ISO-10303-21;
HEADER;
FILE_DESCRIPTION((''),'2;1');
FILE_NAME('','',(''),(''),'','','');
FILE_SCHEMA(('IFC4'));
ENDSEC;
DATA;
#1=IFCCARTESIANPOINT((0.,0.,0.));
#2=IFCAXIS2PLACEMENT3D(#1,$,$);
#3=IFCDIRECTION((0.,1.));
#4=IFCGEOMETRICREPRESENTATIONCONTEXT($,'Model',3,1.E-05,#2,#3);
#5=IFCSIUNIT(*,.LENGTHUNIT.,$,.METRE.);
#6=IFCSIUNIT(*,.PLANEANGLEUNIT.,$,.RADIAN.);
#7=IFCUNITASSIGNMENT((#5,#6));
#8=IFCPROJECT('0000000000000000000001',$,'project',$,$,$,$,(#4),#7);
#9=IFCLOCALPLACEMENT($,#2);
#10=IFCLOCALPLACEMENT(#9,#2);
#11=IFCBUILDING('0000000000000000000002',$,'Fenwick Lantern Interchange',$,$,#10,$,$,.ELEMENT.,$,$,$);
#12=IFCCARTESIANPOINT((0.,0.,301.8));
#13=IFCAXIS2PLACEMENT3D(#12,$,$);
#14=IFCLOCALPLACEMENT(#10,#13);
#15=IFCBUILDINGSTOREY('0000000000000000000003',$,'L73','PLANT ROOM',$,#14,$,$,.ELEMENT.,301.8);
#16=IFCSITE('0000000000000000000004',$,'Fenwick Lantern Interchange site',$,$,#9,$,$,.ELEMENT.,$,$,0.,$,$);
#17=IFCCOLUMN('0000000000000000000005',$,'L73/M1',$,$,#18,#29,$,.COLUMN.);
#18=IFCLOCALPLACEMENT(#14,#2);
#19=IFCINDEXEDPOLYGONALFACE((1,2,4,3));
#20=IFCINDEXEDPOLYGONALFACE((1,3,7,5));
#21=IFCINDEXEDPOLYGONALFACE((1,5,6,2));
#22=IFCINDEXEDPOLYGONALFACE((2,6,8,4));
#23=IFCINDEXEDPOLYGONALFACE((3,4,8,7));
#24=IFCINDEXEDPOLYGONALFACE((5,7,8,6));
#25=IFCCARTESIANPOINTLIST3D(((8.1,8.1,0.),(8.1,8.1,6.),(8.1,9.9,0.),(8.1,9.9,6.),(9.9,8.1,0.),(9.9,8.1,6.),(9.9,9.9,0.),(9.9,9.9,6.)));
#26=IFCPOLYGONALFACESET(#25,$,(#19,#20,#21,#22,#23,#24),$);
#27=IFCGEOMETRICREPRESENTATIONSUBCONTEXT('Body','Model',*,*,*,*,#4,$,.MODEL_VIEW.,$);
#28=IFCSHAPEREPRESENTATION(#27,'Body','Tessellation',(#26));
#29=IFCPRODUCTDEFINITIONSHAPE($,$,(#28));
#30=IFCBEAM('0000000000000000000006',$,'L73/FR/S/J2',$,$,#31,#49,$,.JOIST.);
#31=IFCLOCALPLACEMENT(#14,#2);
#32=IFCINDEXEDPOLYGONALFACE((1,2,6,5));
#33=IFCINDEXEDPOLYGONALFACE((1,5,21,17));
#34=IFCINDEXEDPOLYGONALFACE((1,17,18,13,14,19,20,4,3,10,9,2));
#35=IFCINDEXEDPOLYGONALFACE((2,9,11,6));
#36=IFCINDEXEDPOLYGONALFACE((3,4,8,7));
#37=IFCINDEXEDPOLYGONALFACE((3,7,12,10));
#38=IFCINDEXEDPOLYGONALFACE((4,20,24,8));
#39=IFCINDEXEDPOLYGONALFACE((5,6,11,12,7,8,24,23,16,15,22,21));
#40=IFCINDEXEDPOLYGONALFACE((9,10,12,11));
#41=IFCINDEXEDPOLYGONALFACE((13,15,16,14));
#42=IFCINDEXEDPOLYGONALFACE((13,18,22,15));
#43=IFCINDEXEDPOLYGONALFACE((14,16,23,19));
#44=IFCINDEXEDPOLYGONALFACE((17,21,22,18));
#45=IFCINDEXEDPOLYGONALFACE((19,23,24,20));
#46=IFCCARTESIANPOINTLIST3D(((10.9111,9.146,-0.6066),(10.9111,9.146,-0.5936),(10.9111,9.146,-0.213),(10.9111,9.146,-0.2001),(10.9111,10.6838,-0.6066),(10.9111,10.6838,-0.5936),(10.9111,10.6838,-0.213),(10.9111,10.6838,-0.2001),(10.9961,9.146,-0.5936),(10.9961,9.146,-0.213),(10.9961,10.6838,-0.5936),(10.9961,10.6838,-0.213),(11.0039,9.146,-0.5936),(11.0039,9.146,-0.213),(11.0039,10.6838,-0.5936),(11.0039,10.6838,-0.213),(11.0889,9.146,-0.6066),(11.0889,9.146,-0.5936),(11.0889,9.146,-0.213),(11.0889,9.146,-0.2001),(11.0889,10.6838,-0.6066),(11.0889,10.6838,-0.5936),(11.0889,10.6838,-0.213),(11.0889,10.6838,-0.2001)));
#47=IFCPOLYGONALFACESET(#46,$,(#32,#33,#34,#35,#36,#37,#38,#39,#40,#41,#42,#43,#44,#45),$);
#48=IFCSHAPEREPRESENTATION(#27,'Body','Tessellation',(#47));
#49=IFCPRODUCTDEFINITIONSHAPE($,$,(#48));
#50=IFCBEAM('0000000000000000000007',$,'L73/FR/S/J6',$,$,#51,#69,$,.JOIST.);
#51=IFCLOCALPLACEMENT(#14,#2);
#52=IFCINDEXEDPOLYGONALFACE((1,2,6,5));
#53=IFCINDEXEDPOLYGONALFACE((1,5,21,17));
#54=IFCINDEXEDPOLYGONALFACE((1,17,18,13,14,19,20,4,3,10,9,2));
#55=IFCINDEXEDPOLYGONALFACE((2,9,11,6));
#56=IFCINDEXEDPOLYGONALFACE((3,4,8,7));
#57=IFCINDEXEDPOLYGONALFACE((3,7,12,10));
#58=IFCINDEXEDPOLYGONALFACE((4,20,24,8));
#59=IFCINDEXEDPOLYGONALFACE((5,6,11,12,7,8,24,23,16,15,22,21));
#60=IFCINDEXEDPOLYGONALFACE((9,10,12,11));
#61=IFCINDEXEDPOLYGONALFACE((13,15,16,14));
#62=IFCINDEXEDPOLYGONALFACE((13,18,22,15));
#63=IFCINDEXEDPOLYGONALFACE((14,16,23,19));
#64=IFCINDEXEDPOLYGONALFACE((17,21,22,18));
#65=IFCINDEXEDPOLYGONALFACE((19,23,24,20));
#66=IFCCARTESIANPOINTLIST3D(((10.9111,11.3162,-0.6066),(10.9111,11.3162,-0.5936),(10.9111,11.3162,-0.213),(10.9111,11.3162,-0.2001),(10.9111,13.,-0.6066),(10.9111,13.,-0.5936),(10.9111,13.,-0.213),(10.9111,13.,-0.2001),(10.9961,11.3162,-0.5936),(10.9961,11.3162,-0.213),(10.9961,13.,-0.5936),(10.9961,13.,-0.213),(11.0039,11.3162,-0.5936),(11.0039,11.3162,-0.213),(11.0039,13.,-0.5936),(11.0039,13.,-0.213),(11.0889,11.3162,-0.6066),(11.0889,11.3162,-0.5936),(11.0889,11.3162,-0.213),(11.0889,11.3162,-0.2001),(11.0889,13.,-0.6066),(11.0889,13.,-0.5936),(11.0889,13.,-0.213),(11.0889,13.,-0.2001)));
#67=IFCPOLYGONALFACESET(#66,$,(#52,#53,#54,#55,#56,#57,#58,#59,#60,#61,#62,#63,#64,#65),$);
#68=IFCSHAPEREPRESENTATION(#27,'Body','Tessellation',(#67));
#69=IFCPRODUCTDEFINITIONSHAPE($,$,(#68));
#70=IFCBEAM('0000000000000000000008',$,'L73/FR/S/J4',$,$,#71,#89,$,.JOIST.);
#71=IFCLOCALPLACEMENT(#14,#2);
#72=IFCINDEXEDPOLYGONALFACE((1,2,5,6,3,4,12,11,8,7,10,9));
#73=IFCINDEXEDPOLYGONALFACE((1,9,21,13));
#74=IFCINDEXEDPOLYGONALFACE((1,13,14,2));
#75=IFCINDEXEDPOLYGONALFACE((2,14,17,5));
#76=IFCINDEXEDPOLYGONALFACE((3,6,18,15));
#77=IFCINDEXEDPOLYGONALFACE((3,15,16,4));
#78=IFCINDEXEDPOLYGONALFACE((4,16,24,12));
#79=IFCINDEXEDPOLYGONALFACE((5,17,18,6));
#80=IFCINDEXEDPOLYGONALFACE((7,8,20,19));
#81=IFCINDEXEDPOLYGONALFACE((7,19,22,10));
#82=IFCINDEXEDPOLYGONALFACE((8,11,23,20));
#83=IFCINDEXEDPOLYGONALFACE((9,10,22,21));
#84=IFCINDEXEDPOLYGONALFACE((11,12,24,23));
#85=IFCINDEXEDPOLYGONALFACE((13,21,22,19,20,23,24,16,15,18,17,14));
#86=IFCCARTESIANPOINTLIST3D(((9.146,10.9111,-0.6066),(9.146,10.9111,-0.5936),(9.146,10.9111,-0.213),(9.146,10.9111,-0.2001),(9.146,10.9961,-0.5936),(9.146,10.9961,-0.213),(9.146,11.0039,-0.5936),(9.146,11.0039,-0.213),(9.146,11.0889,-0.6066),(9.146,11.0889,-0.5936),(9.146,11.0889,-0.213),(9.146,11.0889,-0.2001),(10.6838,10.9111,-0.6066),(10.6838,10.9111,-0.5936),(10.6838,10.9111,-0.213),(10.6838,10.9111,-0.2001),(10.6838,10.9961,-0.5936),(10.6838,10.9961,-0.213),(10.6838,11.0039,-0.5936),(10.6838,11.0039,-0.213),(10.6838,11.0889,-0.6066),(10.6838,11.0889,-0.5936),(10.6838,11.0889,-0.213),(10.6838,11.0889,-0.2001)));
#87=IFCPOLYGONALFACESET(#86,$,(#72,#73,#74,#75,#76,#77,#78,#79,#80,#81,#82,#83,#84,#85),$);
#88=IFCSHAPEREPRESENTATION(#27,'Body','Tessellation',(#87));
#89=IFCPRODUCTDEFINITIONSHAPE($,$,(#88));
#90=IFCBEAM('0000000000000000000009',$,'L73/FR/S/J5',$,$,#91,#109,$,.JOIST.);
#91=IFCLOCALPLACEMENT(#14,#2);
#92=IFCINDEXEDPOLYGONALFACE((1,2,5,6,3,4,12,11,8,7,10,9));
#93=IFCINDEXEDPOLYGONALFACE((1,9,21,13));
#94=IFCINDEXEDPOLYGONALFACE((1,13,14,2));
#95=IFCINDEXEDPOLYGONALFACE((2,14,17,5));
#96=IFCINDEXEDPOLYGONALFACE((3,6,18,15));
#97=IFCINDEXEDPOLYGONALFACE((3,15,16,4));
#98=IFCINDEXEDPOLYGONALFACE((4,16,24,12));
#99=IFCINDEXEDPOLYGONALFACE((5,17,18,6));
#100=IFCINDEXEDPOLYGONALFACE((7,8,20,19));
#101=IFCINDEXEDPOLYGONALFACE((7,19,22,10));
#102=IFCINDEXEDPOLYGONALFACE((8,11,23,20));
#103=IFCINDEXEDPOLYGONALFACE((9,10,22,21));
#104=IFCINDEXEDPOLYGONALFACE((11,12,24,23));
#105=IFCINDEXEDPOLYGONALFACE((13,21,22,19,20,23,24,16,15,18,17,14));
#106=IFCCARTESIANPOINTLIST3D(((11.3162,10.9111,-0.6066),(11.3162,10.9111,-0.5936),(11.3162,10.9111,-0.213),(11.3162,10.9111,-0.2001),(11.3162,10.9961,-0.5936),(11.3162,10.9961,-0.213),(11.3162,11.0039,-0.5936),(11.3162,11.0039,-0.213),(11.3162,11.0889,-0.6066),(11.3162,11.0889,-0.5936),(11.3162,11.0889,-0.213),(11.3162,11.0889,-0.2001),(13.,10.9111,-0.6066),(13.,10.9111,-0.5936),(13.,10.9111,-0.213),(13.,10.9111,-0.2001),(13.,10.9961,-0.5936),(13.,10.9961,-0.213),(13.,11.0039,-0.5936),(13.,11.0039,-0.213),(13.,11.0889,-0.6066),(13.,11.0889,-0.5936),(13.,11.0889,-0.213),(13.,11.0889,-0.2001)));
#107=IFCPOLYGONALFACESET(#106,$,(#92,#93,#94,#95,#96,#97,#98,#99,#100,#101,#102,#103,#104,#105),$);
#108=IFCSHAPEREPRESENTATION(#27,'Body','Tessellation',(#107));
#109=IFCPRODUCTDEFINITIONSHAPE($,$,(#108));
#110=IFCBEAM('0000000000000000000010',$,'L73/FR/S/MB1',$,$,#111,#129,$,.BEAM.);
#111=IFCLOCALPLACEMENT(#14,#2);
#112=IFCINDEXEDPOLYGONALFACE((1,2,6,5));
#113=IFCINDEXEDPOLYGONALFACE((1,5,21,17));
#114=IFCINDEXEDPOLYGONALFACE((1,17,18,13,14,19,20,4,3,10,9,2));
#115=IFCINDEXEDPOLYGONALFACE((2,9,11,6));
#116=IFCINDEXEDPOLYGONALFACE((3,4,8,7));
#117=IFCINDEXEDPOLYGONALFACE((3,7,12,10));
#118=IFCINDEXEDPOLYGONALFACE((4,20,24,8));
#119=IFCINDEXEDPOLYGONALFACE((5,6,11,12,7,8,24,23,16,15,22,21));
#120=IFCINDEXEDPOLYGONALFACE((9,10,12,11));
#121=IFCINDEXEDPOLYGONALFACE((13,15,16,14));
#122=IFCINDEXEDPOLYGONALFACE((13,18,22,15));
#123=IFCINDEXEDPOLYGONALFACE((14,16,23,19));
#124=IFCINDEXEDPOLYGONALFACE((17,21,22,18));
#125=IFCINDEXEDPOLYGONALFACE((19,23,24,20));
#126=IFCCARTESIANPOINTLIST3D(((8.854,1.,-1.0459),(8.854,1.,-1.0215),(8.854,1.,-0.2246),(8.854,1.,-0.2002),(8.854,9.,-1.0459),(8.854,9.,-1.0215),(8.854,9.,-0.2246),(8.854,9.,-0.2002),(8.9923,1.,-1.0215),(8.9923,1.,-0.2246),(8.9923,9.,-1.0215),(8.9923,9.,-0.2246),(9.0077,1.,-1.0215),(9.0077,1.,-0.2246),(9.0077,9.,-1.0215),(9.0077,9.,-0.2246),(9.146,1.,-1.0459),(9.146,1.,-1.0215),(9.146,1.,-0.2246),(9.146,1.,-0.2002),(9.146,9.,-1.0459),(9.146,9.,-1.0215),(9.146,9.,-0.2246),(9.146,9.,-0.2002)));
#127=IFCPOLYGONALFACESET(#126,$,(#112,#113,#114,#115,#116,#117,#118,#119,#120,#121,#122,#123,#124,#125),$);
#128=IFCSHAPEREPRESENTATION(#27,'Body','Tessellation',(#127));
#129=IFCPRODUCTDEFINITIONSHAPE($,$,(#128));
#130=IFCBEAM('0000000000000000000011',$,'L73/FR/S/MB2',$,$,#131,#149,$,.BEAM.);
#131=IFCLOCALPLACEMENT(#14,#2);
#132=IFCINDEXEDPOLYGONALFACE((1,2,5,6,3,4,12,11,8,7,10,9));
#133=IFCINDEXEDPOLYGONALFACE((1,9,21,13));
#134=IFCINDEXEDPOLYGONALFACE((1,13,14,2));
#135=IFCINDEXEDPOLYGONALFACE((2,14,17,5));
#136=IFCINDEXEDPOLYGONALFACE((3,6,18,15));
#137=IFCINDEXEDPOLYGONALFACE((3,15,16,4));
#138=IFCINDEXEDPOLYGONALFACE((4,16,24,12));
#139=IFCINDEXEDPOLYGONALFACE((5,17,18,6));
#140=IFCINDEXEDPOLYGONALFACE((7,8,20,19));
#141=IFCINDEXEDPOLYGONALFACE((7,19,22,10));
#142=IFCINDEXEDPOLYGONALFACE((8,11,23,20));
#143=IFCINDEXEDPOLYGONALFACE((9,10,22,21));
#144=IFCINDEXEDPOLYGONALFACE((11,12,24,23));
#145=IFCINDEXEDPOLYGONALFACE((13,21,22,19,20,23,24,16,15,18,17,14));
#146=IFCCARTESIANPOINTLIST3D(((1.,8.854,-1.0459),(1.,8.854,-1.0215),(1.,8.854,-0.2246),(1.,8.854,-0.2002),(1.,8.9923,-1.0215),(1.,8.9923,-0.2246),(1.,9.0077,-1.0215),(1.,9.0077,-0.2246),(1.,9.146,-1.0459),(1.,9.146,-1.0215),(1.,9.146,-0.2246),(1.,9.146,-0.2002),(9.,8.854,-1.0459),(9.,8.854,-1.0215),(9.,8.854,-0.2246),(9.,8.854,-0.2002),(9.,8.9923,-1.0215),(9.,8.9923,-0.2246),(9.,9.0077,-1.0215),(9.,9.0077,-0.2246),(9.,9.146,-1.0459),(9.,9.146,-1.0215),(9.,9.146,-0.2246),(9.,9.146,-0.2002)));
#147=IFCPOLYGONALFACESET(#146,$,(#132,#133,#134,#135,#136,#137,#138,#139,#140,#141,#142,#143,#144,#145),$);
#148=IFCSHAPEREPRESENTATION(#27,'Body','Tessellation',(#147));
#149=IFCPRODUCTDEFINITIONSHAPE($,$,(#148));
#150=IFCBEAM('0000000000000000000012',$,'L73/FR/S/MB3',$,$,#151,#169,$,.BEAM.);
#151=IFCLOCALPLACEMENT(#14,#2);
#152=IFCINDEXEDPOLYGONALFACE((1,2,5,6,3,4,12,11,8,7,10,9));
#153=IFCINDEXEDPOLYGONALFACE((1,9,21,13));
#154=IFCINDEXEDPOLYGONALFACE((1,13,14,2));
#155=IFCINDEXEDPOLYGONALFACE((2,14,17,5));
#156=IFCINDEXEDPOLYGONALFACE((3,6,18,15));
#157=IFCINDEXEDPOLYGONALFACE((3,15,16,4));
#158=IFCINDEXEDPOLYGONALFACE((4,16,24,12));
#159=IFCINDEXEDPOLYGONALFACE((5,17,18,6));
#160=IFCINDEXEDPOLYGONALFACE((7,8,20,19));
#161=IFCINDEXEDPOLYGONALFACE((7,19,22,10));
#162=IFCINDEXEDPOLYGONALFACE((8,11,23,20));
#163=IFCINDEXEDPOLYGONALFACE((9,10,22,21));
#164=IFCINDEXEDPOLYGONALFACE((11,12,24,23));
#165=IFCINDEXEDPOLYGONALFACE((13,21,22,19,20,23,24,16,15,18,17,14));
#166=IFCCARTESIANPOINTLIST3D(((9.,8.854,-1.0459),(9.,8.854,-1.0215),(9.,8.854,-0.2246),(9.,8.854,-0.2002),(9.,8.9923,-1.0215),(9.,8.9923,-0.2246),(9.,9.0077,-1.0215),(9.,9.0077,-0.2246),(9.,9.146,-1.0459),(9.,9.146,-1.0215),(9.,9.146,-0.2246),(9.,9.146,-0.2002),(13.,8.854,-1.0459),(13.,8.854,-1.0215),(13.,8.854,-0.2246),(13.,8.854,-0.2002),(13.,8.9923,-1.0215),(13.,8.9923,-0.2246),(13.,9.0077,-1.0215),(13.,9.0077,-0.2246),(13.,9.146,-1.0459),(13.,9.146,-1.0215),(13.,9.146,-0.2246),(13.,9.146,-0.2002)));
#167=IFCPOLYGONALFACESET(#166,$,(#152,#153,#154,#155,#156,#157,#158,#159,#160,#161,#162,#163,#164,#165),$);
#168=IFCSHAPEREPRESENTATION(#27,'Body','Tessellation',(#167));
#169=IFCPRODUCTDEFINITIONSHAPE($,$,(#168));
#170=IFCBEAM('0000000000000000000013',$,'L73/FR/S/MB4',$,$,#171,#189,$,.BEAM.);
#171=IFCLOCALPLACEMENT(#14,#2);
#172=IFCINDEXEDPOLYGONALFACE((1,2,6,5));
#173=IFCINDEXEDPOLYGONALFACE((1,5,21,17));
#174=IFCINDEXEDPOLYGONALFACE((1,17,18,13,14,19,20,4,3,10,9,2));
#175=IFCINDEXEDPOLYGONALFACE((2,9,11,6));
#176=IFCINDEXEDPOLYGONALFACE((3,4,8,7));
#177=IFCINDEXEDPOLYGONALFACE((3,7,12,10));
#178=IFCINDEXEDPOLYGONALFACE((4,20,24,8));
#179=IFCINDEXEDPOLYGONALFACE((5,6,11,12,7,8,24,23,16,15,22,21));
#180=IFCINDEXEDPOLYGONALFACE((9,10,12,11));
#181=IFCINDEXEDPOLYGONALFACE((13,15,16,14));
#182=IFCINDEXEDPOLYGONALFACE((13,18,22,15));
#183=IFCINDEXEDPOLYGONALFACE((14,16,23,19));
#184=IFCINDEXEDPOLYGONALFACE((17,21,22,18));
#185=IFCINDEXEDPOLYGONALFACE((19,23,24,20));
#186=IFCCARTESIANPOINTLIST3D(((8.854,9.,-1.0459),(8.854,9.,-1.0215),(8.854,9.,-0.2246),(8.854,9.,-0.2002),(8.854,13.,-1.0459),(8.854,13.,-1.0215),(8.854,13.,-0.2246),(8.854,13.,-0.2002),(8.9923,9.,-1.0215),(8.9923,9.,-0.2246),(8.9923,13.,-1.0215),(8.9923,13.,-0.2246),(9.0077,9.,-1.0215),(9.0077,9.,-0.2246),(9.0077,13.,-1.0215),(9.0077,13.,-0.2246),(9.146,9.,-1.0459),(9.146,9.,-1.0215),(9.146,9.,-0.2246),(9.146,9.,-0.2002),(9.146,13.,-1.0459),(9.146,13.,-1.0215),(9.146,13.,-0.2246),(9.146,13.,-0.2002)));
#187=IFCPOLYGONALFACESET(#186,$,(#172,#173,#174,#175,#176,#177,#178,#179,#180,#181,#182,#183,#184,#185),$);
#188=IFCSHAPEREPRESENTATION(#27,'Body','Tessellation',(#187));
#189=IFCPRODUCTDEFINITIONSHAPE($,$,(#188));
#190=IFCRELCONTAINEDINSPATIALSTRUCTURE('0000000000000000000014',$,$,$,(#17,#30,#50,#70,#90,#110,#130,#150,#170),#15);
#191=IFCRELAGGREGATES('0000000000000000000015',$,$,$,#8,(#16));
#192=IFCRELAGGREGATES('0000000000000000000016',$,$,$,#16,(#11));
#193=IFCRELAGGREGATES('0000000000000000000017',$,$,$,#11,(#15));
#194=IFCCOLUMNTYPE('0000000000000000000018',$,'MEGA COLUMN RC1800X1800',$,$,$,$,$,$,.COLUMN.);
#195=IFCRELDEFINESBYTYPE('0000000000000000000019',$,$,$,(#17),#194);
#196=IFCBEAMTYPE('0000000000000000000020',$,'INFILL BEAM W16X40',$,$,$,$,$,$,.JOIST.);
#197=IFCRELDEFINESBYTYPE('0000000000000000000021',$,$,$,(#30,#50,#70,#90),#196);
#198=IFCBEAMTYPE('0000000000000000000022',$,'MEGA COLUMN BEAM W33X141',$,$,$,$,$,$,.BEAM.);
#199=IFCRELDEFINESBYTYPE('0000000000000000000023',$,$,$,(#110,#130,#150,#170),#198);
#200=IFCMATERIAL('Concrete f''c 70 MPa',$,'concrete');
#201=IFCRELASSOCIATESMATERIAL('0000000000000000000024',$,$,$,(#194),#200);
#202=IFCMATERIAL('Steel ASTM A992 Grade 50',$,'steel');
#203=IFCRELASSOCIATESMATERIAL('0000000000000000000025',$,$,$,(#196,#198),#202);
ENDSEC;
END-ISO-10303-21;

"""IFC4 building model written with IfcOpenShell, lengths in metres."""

from ifc_helpers import new_model, si_unit, direction, frame, origin, origin_2d, place, context, subcontext, project, spatial, rectangle, i_section, extrude, material, material_profile, profile_set, type_object, element, save


model = new_model("IFC4")

# Units and contexts
model_context = context("Model", 3, precision=1e-05, world=origin(), true_north=direction((0.0, 1.0)))
body_context = subcontext(model_context, "Body", "Model", "MODEL_VIEW")
ifc_project = project(units=[si_unit("LENGTHUNIT", "METRE"), si_unit("PLANEANGLEUNIT", "RADIAN")], contexts=[model_context])

# Site, building, storey
site_placement = place(None, origin())
site = spatial("IfcSite", under=ifc_project, at=site_placement, Name="Fenwick Lantern Interchange site", CompositionType="ELEMENT", RefElevation=0.0)
building_placement = place(site_placement, origin())
building = spatial("IfcBuilding", under=site, at=building_placement, Name="Fenwick Lantern Interchange", CompositionType="ELEMENT")
storey_placement = place(building_placement, frame((0.0, 0.0, 301.8)))
storey = spatial("IfcBuildingStorey", under=building, at=storey_placement, Name="L73", Description="PLANT ROOM", CompositionType="ELEMENT", Elevation=301.8)

# Column
ifc_material_1 = material(Name="Concrete f'c 70 MPa", Category="concrete")
ifc_material_profile_1 = material_profile(ifc_material_1, rectangle(XDim=1.8, YDim=1.8, at=origin_2d()), Name="RC1800X1800")
ifc_profile_set_1 = profile_set([ifc_material_profile_1], Name="Concrete f'c 70 MPa")
column_type = type_object("IfcColumnType", Name="MEGA COLUMN RC1800X1800", PredefinedType="COLUMN", material=ifc_profile_set_1)
column_placement = place(storey_placement, frame((9.0, 9.0, 0.0), z_axis=(0.0, 0.0, 1.0), x_axis=(1.0, 0.0, 0.0)))
element("IfcColumn", 1, at=column_placement, inside=storey, type_object=column_type, Name="L73/M1", PredefinedType="COLUMN", context=body_context, shape_type="SweptSolid", body=[
    extrude(rectangle(XDim=1.8, YDim=1.8, at=origin_2d()), origin(), (0.0, 0.0, 1.0), 6.0),
])

# Beams
ifc_material_2 = material(Name="Steel ASTM A992 Grade 50", Category="steel")
ifc_material_profile_2 = material_profile(ifc_material_2, i_section(OverallWidth=0.1777, OverallDepth=0.4065, WebThickness=0.0078, FlangeThickness=0.0129, at=origin_2d()), Name="W16X40")
ifc_profile_set_2 = profile_set([ifc_material_profile_2], Name="Steel ASTM A992 Grade 50")
beam_type_1 = type_object("IfcBeamType", Name="INFILL BEAM W16X40", PredefinedType="JOIST", material=ifc_profile_set_2)
beam_1_placement = place(storey_placement, frame((11.0, 9.146, -0.4033), z_axis=(0.0, 1.0, 0.0), x_axis=(-1.0, 0.0, 0.0)))
element("IfcBeam", 2, at=beam_1_placement, inside=storey, type_object=beam_type_1, Name="L73/FR/S/J2", PredefinedType="JOIST", context=body_context, shape_type="SweptSolid", body=[
    extrude(i_section(OverallWidth=0.1777, OverallDepth=0.4065, WebThickness=0.0078, FlangeThickness=0.0129, at=origin_2d()), origin(), (0.0, 0.0, 1.0), 1.5378),
])
beam_2_placement = place(storey_placement, frame((11.0, 11.3162, -0.4033), z_axis=(0.0, 1.0, 0.0), x_axis=(-1.0, 0.0, 0.0)))
element("IfcBeam", 3, at=beam_2_placement, inside=storey, type_object=beam_type_1, Name="L73/FR/S/J6", PredefinedType="JOIST", context=body_context, shape_type="SweptSolid", body=[
    extrude(i_section(OverallWidth=0.1777, OverallDepth=0.4065, WebThickness=0.0078, FlangeThickness=0.0129, at=origin_2d()), origin(), (0.0, 0.0, 1.0), 1.6838),
])
beam_3_placement = place(storey_placement, frame((9.146, 11.0, -0.4033), z_axis=(1.0, 0.0, 0.0), x_axis=(0.0, 1.0, 0.0)))
element("IfcBeam", 4, at=beam_3_placement, inside=storey, type_object=beam_type_1, Name="L73/FR/S/J4", PredefinedType="JOIST", context=body_context, shape_type="SweptSolid", body=[
    extrude(i_section(OverallWidth=0.1777, OverallDepth=0.4065, WebThickness=0.0078, FlangeThickness=0.0129, at=origin_2d()), origin(), (0.0, 0.0, 1.0), 1.5378),
])
beam_4_placement = place(storey_placement, frame((11.3162, 11.0, -0.4033), z_axis=(1.0, 0.0, 0.0), x_axis=(0.0, 1.0, 0.0)))
element("IfcBeam", 5, at=beam_4_placement, inside=storey, type_object=beam_type_1, Name="L73/FR/S/J5", PredefinedType="JOIST", context=body_context, shape_type="SweptSolid", body=[
    extrude(i_section(OverallWidth=0.1777, OverallDepth=0.4065, WebThickness=0.0078, FlangeThickness=0.0129, at=origin_2d()), origin(), (0.0, 0.0, 1.0), 1.6838),
])
ifc_material_profile_3 = material_profile(ifc_material_2, i_section(OverallWidth=0.292, OverallDepth=0.8457, WebThickness=0.0154, FlangeThickness=0.0244, at=origin_2d()), Name="W33X141")
ifc_profile_set_3 = profile_set([ifc_material_profile_3], Name="Steel ASTM A992 Grade 50")
beam_type_2 = type_object("IfcBeamType", Name="MEGA COLUMN BEAM W33X141", PredefinedType="BEAM", material=ifc_profile_set_3)
for number, where, z_axis, x_axis, name in (
    (6, (9.0, 9.0, -0.623), (0.0, -1.0, 0.0), (1.0, 0.0, 0.0), "L73/FR/S/MB1"),
    (7, (9.0, 9.0, -0.623), (-1.0, 0.0, 0.0), (0.0, -1.0, 0.0), "L73/FR/S/MB2"),
):
    element("IfcBeam", number, at=place(storey_placement, frame(where, z_axis=z_axis, x_axis=x_axis)), inside=storey, type_object=beam_type_2, Name=name, PredefinedType="BEAM", context=body_context, shape_type="SweptSolid", body=[
        extrude(i_section(OverallWidth=0.292, OverallDepth=0.8457, WebThickness=0.0154, FlangeThickness=0.0244, at=origin_2d()), origin(), (0.0, 0.0, 1.0), 8.0),
    ])
for number, where, z_axis, x_axis, name in (
    (8, (9.0, 9.0, -0.623), (1.0, 0.0, 0.0), (0.0, 1.0, 0.0), "L73/FR/S/MB3"),
    (9, (9.0, 9.0, -0.623), (0.0, 1.0, 0.0), (-1.0, 0.0, 0.0), "L73/FR/S/MB4"),
):
    element("IfcBeam", number, at=place(storey_placement, frame(where, z_axis=z_axis, x_axis=x_axis)), inside=storey, type_object=beam_type_2, Name=name, PredefinedType="BEAM", context=body_context, shape_type="SweptSolid", body=[
        extrude(i_section(OverallWidth=0.292, OverallDepth=0.8457, WebThickness=0.0154, FlangeThickness=0.0244, at=origin_2d()), origin(), (0.0, 0.0, 1.0), 4.0),
    ])

save(model, "model.ifc")
